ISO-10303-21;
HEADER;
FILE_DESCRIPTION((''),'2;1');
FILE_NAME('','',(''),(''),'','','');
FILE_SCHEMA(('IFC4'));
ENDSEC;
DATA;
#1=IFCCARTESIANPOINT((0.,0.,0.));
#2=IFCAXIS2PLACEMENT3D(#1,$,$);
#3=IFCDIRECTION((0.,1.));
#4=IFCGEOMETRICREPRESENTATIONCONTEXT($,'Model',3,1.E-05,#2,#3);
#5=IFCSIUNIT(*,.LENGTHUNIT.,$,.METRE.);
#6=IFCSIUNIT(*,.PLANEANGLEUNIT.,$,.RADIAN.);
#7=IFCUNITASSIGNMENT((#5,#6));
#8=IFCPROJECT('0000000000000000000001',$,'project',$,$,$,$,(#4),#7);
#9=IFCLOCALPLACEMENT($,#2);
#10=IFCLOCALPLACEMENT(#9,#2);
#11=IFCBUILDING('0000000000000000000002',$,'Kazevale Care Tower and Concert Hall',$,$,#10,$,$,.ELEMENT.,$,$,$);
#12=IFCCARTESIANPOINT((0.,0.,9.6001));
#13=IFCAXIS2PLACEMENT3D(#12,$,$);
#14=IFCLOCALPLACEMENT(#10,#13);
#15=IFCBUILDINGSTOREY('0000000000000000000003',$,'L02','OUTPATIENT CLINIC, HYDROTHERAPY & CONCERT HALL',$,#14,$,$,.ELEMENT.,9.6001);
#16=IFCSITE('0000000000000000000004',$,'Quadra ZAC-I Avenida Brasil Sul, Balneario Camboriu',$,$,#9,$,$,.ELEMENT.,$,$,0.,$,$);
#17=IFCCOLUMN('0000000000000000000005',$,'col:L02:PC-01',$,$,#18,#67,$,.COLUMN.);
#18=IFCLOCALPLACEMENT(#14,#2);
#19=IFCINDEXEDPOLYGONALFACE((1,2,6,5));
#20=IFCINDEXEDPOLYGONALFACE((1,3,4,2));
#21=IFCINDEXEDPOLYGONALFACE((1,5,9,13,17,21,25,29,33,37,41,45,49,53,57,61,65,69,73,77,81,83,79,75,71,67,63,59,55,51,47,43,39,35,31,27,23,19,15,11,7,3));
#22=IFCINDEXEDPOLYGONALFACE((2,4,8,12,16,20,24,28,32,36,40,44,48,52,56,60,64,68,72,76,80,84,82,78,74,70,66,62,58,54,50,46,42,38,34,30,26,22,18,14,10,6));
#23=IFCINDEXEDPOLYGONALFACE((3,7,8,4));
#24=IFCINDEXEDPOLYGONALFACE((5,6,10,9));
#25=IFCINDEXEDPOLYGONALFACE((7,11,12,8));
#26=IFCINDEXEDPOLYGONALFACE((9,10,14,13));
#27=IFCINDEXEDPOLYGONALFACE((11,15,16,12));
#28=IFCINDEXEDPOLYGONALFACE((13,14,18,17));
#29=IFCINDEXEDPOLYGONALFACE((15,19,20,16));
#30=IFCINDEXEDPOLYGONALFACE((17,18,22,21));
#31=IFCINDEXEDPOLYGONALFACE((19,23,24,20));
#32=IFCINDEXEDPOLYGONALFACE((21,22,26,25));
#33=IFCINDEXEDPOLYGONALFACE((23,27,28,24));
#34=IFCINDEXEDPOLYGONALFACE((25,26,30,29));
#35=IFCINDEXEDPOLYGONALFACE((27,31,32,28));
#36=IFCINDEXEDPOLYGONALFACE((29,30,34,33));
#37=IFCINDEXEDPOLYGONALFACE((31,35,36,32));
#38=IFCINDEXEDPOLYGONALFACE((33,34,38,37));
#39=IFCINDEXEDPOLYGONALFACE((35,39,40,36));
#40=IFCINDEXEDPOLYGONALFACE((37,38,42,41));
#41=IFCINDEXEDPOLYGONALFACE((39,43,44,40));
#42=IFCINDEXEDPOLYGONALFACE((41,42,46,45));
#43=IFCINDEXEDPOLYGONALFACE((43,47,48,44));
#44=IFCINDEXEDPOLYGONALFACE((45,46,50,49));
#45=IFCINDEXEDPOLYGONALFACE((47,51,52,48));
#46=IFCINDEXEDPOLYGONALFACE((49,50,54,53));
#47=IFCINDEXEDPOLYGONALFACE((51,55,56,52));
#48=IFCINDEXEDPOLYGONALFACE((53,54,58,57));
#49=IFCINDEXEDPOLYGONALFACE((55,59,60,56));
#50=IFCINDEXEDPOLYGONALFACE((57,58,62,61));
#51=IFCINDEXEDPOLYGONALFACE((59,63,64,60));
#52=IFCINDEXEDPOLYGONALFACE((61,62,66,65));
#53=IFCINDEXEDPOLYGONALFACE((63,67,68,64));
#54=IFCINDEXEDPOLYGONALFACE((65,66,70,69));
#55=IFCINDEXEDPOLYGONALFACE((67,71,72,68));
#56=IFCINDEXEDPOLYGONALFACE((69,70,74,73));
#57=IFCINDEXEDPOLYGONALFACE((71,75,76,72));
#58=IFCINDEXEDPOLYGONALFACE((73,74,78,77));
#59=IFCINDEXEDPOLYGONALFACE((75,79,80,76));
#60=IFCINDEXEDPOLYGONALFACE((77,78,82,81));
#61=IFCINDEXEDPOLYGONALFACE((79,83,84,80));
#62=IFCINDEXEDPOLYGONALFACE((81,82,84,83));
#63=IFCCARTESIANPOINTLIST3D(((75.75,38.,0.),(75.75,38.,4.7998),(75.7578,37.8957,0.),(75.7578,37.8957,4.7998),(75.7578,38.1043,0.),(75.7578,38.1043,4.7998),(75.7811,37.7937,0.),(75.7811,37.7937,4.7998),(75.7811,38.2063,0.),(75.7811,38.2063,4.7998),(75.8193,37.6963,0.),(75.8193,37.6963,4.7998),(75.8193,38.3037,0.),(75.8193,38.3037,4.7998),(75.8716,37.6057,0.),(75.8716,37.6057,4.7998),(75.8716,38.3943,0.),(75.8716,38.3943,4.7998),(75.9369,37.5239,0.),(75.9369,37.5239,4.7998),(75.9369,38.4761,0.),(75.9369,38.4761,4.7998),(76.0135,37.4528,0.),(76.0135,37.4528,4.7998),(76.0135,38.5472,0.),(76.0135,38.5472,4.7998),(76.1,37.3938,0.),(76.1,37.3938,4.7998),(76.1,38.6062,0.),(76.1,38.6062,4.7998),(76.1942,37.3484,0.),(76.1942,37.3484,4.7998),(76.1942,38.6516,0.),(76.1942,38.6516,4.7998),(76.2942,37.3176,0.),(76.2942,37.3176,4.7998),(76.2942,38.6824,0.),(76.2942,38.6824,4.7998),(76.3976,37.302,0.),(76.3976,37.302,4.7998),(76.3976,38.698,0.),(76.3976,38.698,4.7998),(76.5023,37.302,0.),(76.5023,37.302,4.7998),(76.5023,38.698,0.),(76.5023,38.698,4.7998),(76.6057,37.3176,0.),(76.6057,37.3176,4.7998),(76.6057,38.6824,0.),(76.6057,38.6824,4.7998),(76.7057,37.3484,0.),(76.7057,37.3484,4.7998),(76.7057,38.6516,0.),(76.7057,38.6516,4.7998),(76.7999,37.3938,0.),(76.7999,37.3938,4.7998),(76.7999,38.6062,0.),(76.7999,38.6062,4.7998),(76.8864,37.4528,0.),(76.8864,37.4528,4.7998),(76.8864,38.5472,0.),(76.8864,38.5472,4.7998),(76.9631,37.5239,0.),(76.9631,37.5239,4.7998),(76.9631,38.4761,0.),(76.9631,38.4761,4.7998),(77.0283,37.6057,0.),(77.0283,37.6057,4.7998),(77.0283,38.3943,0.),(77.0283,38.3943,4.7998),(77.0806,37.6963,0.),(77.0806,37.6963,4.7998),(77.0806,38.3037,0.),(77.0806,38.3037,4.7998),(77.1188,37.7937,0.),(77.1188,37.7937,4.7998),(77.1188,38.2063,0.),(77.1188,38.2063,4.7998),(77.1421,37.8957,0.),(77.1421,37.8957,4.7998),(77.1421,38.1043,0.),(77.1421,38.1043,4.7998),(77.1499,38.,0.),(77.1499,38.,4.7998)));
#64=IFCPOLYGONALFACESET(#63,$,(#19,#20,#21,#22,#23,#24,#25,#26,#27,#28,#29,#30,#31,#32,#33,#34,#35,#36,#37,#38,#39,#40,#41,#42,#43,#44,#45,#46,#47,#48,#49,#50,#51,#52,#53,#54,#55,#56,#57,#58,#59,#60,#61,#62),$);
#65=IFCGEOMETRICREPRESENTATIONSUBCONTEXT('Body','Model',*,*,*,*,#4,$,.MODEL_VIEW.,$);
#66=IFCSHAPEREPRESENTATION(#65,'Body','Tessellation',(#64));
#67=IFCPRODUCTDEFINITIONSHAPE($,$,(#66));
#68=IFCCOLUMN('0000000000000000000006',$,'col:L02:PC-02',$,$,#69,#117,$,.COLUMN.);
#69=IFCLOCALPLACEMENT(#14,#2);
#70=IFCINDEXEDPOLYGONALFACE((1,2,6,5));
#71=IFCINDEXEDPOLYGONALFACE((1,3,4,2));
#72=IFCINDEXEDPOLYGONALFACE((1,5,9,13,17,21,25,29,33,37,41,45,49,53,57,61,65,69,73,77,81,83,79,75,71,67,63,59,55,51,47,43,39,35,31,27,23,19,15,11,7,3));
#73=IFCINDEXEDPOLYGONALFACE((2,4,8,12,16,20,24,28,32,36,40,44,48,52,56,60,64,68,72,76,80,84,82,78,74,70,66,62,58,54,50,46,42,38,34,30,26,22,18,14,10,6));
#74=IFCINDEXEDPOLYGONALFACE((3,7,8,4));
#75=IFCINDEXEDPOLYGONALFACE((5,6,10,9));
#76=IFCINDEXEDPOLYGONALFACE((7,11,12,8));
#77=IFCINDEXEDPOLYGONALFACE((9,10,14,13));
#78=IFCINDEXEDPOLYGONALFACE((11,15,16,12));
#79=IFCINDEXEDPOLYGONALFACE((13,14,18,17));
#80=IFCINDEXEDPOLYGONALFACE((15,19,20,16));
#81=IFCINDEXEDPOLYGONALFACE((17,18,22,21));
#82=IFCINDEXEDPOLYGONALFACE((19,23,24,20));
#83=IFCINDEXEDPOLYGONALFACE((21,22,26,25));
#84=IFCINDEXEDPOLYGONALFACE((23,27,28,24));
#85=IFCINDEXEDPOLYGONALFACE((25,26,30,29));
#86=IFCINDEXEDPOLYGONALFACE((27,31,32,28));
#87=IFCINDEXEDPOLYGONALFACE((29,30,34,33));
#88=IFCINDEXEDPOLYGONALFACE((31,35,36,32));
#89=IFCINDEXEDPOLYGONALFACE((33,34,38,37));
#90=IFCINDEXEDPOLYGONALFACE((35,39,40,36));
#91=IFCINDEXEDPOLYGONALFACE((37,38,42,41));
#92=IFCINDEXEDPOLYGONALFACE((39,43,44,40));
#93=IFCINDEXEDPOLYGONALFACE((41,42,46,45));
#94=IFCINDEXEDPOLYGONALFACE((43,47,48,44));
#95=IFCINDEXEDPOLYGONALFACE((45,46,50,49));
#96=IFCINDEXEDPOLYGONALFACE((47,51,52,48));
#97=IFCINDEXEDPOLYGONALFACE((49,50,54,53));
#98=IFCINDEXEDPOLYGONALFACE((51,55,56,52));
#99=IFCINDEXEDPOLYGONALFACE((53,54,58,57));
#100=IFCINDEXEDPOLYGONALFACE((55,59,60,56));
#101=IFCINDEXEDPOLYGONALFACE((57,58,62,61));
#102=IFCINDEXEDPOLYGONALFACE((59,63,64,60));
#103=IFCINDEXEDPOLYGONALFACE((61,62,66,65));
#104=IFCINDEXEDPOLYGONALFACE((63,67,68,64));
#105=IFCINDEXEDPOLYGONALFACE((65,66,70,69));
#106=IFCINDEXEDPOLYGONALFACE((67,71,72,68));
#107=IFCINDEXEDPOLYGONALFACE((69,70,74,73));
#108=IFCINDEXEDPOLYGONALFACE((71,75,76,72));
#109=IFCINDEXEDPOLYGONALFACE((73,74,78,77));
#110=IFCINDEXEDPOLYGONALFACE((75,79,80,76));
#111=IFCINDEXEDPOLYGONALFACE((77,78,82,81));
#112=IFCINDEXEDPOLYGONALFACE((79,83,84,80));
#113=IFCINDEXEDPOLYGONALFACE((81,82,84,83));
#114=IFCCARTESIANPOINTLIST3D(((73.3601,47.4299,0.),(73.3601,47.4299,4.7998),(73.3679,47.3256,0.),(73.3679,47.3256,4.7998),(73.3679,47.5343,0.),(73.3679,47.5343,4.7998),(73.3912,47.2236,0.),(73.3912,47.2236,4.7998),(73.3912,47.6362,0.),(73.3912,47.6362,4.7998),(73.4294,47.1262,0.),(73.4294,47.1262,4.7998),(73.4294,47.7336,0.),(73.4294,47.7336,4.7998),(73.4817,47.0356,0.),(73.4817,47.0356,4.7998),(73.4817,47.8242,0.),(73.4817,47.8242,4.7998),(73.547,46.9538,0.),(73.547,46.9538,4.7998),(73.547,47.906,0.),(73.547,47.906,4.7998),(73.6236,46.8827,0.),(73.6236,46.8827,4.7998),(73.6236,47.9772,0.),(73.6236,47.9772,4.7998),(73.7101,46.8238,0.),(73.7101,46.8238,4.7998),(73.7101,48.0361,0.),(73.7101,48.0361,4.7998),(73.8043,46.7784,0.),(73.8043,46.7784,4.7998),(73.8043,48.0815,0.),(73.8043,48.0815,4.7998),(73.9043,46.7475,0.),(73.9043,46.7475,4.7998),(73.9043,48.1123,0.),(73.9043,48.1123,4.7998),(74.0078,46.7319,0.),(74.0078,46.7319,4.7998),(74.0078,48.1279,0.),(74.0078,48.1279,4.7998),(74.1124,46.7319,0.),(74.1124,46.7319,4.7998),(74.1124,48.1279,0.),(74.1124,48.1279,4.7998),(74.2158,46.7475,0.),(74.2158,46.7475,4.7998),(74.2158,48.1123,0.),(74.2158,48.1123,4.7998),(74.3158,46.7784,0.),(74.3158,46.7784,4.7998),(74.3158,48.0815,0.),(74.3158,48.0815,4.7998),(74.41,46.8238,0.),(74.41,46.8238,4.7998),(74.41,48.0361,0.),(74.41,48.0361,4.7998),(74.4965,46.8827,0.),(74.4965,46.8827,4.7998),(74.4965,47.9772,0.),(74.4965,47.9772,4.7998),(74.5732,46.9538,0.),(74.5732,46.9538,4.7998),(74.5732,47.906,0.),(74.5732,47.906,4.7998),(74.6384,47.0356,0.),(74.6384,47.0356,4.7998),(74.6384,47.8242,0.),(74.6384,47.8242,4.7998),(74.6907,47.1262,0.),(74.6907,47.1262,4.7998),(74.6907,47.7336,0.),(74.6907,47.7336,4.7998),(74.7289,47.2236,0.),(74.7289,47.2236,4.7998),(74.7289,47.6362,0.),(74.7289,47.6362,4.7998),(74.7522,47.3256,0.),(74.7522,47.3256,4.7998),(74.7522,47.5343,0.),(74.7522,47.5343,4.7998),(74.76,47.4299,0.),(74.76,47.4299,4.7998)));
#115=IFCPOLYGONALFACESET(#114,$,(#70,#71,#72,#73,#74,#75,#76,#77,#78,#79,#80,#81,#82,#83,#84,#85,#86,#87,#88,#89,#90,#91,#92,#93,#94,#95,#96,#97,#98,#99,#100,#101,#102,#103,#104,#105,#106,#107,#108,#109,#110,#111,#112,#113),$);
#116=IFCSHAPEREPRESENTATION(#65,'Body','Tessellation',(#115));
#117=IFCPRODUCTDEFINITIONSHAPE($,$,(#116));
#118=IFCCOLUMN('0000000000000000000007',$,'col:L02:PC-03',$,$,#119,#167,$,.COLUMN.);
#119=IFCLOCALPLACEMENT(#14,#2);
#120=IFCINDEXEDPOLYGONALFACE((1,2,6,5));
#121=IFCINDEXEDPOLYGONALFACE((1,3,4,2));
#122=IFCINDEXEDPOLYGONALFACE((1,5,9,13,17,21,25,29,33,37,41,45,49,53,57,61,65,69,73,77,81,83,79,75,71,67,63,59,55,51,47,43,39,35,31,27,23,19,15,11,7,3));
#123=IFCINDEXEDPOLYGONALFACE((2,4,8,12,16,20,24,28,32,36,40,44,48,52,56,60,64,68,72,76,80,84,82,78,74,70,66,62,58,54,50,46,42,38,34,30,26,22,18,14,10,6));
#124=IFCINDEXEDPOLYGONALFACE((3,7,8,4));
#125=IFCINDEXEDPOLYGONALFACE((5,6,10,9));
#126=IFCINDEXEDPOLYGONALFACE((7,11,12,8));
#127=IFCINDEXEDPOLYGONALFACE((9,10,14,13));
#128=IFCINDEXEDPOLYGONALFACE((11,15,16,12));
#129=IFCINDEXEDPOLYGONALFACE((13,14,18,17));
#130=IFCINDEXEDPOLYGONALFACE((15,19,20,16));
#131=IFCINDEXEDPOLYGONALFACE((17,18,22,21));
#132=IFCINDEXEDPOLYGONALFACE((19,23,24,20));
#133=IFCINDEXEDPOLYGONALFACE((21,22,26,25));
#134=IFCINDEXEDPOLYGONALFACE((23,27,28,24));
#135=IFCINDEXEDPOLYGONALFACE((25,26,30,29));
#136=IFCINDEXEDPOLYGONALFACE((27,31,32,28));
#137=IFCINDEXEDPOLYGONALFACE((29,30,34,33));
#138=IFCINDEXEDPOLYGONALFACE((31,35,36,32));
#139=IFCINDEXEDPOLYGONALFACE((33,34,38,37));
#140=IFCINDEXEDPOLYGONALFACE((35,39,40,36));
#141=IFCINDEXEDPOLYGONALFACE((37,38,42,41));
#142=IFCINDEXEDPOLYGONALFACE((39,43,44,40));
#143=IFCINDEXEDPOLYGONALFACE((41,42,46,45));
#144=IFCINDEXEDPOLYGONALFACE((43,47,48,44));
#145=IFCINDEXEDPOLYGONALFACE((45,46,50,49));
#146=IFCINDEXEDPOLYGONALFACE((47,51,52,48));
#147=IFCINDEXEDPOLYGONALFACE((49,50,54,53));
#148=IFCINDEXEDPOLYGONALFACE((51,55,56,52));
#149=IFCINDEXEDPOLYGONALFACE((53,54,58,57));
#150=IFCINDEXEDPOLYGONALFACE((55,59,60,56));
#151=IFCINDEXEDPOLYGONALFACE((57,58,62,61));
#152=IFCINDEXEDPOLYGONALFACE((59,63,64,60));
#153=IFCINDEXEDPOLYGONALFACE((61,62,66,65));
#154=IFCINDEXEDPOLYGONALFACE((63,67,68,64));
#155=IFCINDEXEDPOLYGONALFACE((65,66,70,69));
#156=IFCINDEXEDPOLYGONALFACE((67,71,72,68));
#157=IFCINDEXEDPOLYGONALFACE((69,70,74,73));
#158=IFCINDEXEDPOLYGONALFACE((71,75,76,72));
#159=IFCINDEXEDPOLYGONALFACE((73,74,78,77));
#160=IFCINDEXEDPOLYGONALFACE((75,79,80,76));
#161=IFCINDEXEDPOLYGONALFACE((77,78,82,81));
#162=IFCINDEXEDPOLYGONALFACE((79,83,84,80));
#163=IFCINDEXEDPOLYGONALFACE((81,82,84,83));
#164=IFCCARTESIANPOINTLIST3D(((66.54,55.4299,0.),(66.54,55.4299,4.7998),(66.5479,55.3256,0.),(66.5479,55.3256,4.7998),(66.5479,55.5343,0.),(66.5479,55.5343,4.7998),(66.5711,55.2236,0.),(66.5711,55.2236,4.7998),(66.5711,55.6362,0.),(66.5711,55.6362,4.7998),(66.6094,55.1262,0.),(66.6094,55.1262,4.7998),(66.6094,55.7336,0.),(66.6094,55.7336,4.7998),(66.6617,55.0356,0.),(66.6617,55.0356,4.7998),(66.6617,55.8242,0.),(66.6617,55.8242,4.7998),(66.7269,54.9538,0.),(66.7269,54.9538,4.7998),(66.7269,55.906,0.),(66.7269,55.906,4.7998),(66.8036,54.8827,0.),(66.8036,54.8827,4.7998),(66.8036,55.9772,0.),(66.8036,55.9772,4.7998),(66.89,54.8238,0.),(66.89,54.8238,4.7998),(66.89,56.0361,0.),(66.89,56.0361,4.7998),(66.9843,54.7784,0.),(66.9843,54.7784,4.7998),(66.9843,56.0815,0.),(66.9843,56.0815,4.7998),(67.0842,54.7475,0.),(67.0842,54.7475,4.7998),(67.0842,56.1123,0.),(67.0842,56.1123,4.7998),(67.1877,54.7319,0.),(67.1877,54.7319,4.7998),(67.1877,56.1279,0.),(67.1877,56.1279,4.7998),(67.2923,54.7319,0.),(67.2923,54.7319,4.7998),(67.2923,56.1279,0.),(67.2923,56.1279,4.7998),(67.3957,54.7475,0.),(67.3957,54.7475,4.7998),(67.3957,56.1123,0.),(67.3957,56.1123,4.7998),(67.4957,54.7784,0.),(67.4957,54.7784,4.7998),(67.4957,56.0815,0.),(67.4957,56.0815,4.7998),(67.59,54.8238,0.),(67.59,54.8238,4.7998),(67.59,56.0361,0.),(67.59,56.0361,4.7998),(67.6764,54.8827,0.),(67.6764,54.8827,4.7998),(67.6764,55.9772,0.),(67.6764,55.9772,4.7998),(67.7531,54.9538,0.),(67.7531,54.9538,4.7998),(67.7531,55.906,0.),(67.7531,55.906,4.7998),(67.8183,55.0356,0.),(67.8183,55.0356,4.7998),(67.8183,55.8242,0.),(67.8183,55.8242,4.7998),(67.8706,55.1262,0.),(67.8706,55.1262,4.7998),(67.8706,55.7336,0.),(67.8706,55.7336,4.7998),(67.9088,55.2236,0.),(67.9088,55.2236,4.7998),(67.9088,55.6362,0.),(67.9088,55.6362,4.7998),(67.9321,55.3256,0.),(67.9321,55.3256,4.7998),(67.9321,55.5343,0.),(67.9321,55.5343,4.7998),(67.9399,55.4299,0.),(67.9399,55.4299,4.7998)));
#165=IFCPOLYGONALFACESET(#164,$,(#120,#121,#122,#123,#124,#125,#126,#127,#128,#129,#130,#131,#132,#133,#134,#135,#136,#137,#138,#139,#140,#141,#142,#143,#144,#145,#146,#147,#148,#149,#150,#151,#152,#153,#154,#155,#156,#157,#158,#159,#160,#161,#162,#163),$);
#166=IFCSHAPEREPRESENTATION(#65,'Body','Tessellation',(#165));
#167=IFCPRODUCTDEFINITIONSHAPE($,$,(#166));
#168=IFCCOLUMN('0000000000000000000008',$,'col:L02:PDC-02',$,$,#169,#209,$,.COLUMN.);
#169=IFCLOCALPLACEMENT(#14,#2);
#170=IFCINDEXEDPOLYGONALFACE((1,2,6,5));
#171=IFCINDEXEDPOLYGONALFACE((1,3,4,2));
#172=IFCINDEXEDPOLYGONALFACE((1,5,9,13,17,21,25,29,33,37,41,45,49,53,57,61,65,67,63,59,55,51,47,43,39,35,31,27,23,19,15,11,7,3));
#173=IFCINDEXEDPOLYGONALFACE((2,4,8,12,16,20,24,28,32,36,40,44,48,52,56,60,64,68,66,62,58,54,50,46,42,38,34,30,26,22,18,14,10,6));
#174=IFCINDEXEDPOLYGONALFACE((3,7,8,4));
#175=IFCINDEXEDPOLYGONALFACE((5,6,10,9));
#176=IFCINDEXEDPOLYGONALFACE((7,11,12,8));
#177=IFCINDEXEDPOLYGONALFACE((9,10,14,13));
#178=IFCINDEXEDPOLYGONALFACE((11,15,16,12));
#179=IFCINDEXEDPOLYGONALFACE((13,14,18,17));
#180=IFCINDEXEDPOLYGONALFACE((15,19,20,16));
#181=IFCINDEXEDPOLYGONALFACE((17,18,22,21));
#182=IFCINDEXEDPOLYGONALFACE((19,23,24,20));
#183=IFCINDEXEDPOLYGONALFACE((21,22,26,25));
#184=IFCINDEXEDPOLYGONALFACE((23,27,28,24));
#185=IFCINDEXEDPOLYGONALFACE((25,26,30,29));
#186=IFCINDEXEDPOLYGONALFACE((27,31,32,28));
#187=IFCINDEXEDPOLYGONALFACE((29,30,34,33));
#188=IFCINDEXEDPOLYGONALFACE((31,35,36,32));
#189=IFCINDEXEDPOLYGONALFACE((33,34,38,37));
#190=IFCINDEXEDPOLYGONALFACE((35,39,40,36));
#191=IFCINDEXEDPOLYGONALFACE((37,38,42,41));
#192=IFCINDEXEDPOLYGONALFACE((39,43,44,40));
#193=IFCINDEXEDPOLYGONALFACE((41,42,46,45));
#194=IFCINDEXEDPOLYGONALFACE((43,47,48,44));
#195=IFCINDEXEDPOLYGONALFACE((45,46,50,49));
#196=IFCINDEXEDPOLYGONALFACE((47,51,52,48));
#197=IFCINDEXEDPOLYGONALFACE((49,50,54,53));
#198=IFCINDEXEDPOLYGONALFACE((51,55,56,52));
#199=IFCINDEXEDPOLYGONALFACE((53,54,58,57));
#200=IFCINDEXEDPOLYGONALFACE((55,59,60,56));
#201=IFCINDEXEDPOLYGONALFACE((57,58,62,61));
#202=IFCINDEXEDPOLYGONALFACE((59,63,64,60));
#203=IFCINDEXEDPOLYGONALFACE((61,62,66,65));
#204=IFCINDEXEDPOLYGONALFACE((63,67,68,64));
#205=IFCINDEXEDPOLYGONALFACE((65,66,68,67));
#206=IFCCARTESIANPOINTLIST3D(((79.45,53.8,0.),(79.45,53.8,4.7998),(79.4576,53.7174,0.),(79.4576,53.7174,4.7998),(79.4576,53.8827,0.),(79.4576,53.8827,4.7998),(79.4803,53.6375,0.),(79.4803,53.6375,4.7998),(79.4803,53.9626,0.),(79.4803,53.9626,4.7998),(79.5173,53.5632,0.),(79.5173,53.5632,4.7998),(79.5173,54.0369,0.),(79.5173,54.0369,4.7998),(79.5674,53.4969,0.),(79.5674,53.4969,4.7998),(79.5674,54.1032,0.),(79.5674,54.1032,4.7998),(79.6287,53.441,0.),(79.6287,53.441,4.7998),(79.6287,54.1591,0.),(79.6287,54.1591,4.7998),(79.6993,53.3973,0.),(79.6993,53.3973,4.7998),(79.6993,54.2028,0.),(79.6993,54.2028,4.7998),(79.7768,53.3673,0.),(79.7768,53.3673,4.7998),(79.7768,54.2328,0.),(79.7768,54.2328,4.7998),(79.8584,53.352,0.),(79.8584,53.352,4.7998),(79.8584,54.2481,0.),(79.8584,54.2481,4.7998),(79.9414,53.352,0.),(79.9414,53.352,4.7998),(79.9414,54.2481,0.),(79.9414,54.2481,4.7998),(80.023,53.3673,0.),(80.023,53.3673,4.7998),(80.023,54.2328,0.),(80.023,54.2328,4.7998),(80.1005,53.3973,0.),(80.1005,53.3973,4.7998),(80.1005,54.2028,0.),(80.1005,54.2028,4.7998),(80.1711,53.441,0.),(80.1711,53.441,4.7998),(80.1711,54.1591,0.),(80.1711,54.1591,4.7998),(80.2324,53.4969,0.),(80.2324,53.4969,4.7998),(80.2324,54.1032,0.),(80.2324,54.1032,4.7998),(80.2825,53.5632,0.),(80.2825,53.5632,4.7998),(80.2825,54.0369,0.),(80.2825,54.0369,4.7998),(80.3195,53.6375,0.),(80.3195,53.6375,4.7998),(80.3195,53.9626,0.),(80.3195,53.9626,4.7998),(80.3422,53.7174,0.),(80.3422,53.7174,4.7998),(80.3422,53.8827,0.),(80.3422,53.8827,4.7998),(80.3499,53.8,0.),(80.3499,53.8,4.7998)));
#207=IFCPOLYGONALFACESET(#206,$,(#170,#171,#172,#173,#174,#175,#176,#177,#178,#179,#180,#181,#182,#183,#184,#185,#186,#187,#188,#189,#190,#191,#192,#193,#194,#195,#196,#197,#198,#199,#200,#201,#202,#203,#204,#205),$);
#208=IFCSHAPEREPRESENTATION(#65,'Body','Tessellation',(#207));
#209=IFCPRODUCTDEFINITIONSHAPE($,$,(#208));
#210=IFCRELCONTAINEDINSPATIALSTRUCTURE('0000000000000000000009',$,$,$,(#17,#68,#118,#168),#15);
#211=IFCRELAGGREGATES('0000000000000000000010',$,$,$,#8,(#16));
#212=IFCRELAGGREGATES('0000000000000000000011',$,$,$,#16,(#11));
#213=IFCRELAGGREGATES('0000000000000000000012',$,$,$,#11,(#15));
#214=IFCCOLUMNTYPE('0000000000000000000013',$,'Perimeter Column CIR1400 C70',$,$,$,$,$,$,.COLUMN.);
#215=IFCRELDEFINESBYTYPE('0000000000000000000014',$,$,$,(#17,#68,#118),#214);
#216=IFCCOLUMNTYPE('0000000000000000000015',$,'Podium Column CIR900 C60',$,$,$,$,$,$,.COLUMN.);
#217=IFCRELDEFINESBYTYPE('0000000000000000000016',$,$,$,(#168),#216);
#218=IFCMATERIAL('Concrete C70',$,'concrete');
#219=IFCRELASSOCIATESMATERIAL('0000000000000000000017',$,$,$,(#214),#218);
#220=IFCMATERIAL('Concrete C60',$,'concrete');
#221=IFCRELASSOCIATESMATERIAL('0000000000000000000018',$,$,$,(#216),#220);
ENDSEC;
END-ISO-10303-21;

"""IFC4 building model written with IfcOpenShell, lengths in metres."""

from ifc_helpers import new_model, si_unit, direction, frame, origin, origin_2d, place, context, subcontext, project, spatial, circle, extrude, material, material_profile, profile_set, type_object, element, save


model = new_model("IFC4")

# Units and contexts
model_context = context("Model", 3, precision=1e-05, world=origin(), true_north=direction((0.0, 1.0)))
body_context = subcontext(model_context, "Body", "Model", "MODEL_VIEW")
ifc_project = project(units=[si_unit("LENGTHUNIT", "METRE"), si_unit("PLANEANGLEUNIT", "RADIAN")], contexts=[model_context])

# Site, building, storey
site_placement = place(None, origin())
site = spatial("IfcSite", under=ifc_project, at=site_placement, Name="Quadra ZAC-I Avenida Brasil Sul, Balneario Camboriu", CompositionType="ELEMENT", RefElevation=0.0)
building_placement = place(site_placement, origin())
building = spatial("IfcBuilding", under=site, at=building_placement, Name="Kazevale Care Tower and Concert Hall", CompositionType="ELEMENT")
storey_placement = place(building_placement, frame((0.0, 0.0, 9.6001)))
storey = spatial("IfcBuildingStorey", under=building, at=storey_placement, Name="L02", Description="OUTPATIENT CLINIC, HYDROTHERAPY & CONCERT HALL", CompositionType="ELEMENT", Elevation=9.6001)

# Columns
ifc_material_1 = material(Name="Concrete C70", Category="concrete")
ifc_material_profile_1 = material_profile(ifc_material_1, circle(Radius=0.7, at=origin_2d()), Name="RC-CIR1400")
ifc_profile_set_1 = profile_set([ifc_material_profile_1], Name="Concrete C70")
column_type_1 = type_object("IfcColumnType", Name="Perimeter Column CIR1400 C70", PredefinedType="COLUMN", material=ifc_profile_set_1)
for number, where, z_axis, x_axis, name in (
    (1, (76.45, 38.0, 0.0), (0.0, 0.0, 1.0), (1.0, 0.0, 0.0), "col:L02:PC-01"),
    (2, (74.0601, 47.4299, 0.0), (0.0, 0.0, 1.0), (1.0, 0.0, 0.0), "col:L02:PC-02"),
    (3, (67.24, 55.4299, 0.0), (0.0, 0.0, 1.0), (1.0, 0.0, 0.0), "col:L02:PC-03"),
):
    element("IfcColumn", number, at=place(storey_placement, frame(where, z_axis=z_axis, x_axis=x_axis)), inside=storey, type_object=column_type_1, Name=name, PredefinedType="COLUMN", context=body_context, shape_type="SweptSolid", body=[
        extrude(circle(Radius=0.7, at=origin_2d()), origin(), (0.0, 0.0, 1.0), 4.7998),
    ])
ifc_material_2 = material(Name="Concrete C60", Category="concrete")
ifc_material_profile_2 = material_profile(ifc_material_2, circle(Radius=0.45, at=origin_2d()), Name="RC-CIR900")
ifc_profile_set_2 = profile_set([ifc_material_profile_2], Name="Concrete C60")
column_type_2 = type_object("IfcColumnType", Name="Podium Column CIR900 C60", PredefinedType="COLUMN", material=ifc_profile_set_2)
for number, where, z_axis, x_axis, name in (
    (4, (79.8999, 53.8, 0.0), (0.0, 0.0, 1.0), (1.0, 0.0, 0.0), "col:L02:PDC-02"),
):
    element("IfcColumn", number, at=place(storey_placement, frame(where, z_axis=z_axis, x_axis=x_axis)), inside=storey, type_object=column_type_2, Name=name, PredefinedType="COLUMN", context=body_context, shape_type="SweptSolid", body=[
        extrude(circle(Radius=0.45, at=origin_2d()), origin(), (0.0, 0.0, 1.0), 4.7998),
    ])

save(model, "model.ifc")
